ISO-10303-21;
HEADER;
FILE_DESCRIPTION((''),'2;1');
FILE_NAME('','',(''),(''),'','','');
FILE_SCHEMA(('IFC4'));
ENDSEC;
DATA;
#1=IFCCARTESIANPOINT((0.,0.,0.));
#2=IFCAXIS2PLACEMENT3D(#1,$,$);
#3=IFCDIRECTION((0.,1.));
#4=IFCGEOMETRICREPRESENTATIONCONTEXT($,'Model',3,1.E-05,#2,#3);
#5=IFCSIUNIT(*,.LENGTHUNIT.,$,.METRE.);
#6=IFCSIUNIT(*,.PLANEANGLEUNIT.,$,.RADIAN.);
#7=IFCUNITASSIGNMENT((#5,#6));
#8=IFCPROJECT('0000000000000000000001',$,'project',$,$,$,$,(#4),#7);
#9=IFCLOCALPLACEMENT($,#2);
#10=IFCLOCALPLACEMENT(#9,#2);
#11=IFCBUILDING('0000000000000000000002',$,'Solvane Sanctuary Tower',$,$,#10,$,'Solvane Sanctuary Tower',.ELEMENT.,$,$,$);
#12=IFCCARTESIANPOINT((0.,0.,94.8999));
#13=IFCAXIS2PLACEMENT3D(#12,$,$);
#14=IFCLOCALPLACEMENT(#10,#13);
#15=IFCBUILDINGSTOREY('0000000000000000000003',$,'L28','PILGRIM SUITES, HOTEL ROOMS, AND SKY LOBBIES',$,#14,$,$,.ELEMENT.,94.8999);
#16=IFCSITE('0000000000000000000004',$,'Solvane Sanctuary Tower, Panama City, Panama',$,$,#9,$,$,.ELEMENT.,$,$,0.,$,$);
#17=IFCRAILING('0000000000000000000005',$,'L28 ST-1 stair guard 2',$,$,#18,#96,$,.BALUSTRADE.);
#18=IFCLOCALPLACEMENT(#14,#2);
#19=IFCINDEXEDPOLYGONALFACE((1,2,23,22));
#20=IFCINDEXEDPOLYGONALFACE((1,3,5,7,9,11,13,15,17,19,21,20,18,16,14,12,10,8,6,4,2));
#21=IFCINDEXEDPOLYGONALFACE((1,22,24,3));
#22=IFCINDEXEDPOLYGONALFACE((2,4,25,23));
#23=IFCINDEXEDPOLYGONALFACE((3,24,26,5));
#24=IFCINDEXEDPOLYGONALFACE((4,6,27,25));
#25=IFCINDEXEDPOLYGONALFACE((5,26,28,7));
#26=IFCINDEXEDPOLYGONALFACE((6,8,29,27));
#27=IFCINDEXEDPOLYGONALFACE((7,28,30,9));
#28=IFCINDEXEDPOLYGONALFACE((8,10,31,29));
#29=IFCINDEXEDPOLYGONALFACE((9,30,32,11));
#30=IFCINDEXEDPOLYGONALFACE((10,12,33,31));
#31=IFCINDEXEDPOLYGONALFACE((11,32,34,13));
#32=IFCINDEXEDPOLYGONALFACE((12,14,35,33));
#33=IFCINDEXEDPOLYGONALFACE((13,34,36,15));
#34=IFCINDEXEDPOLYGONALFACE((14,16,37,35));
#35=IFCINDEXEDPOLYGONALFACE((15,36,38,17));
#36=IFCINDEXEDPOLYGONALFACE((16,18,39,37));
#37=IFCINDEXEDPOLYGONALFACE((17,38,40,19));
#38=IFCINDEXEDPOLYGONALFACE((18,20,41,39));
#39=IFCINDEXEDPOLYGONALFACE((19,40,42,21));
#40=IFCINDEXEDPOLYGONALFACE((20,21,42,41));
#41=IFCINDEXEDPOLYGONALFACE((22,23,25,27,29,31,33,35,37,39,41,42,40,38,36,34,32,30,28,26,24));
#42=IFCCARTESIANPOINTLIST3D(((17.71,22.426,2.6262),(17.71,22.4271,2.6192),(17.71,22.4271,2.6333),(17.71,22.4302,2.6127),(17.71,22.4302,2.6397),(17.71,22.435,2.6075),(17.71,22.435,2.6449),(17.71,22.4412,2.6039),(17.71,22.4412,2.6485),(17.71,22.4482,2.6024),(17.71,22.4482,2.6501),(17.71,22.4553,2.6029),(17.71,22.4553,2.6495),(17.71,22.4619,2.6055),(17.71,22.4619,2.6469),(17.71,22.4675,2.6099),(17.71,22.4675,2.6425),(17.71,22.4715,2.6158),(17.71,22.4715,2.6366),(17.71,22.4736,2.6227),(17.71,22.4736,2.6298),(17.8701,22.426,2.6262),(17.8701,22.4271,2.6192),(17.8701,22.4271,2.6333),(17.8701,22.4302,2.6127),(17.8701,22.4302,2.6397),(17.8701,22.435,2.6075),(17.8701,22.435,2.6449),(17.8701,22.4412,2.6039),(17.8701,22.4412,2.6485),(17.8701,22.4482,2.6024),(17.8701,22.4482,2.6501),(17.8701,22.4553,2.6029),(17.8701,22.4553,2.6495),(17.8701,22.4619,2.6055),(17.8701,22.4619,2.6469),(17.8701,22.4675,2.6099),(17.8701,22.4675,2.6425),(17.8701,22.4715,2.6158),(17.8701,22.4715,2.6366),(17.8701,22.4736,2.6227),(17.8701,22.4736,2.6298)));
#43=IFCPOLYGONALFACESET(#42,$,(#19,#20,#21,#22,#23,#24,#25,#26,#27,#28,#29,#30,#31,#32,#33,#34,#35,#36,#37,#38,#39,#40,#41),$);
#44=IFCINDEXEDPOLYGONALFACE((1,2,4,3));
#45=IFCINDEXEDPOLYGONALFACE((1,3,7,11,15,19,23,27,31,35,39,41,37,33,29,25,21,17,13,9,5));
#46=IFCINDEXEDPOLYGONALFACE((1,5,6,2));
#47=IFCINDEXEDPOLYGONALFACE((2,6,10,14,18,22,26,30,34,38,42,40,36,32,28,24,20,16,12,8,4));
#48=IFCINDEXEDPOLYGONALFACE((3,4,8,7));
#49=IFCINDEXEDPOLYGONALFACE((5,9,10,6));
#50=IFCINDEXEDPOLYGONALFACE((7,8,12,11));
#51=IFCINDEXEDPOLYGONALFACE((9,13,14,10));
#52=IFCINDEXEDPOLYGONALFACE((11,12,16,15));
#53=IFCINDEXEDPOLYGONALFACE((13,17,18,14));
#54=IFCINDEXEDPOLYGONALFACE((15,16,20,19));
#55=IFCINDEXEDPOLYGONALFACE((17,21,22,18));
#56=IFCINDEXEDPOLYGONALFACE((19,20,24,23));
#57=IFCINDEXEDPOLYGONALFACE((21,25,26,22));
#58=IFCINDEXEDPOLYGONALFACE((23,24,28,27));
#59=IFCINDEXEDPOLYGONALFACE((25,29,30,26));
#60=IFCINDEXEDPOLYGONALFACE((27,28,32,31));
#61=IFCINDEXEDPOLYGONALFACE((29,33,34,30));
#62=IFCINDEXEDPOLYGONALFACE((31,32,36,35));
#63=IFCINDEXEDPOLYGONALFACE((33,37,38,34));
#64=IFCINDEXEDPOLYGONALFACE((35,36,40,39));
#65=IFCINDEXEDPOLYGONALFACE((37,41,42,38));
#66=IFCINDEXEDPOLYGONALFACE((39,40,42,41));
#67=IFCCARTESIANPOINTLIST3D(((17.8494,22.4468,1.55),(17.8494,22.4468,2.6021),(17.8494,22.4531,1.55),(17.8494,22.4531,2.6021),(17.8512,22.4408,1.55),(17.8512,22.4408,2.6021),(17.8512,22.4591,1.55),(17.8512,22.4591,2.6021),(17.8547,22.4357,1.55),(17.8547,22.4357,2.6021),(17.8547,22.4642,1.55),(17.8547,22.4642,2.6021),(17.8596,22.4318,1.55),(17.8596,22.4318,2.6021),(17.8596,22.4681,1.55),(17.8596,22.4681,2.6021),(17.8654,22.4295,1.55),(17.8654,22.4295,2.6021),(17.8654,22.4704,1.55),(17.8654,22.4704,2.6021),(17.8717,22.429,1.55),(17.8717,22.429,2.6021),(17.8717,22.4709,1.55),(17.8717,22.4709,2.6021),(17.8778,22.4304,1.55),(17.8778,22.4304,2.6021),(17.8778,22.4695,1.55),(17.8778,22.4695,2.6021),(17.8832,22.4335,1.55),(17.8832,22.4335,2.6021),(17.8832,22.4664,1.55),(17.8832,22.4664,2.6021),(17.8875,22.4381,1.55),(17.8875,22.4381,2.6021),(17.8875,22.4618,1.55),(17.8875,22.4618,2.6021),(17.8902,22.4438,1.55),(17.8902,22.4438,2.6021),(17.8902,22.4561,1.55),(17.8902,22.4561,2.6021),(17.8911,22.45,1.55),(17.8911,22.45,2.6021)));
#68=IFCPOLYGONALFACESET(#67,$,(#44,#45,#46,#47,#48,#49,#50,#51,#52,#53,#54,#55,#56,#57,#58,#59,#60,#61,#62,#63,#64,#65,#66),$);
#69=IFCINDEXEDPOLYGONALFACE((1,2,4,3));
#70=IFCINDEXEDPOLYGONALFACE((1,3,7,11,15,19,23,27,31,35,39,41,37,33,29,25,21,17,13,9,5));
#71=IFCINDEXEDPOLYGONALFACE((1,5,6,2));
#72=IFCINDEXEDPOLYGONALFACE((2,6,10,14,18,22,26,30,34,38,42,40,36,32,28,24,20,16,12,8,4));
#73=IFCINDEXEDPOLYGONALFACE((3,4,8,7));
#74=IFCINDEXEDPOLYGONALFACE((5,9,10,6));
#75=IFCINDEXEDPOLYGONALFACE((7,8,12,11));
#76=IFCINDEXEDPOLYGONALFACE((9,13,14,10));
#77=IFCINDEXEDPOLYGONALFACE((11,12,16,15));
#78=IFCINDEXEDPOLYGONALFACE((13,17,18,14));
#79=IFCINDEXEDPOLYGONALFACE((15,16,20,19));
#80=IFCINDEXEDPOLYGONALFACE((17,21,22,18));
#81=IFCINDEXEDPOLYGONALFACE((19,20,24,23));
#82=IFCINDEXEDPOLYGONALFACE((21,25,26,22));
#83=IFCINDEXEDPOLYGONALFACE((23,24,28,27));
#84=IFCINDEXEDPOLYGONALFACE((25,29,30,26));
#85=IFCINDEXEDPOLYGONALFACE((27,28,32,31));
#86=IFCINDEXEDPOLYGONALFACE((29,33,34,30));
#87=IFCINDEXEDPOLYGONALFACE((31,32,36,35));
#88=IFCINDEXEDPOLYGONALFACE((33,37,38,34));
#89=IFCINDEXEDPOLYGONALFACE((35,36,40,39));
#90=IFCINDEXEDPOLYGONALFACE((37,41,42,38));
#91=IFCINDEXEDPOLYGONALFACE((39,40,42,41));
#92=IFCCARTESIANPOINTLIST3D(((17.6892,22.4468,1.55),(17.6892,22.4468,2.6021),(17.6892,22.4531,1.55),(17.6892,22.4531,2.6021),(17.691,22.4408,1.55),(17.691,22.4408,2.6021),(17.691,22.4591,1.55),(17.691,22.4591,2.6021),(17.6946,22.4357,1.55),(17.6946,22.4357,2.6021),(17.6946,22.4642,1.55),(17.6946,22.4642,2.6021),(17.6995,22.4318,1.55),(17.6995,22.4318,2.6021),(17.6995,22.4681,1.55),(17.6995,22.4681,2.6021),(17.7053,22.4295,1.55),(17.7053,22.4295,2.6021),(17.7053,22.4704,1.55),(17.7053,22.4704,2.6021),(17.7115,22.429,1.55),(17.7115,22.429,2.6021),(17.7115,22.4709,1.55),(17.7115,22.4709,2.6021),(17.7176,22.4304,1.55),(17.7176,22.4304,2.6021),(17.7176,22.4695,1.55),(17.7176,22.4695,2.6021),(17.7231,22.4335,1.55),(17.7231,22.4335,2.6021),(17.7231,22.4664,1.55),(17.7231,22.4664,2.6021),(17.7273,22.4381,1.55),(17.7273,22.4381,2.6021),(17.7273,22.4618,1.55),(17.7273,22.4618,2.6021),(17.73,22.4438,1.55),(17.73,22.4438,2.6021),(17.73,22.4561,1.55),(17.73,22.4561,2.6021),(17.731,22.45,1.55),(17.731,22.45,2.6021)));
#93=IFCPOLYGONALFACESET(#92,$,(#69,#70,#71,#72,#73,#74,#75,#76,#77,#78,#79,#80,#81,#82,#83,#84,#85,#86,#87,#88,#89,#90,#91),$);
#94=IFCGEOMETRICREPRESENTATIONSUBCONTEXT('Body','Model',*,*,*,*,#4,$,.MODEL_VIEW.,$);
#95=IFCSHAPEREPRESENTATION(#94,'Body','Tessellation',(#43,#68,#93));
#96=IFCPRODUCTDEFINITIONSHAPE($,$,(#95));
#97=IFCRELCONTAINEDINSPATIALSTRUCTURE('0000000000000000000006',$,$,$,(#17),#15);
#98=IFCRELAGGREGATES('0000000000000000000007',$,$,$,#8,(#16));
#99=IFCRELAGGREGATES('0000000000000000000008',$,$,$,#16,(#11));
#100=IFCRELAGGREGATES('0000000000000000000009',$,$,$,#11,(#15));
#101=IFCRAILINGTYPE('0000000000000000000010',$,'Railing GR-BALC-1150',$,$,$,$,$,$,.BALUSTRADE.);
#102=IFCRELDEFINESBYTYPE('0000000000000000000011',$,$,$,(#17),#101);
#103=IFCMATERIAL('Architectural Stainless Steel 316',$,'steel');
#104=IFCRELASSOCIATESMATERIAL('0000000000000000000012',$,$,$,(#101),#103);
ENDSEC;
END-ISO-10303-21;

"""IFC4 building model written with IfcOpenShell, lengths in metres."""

from ifc_helpers import new_model, si_unit, direction, frame, origin, origin_2d, place, context, subcontext, project, spatial, circle, extrude, material, type_object, element, save


model = new_model("IFC4")

# Units and contexts
model_context = context("Model", 3, precision=1e-05, world=origin(), true_north=direction((0.0, 1.0)))
body_context = subcontext(model_context, "Body", "Model", "MODEL_VIEW")
ifc_project = project(units=[si_unit("LENGTHUNIT", "METRE"), si_unit("PLANEANGLEUNIT", "RADIAN")], contexts=[model_context])

# Site, building, storey
site_placement = place(None, origin())
site = spatial("IfcSite", under=ifc_project, at=site_placement, Name="Solvane Sanctuary Tower, Panama City, Panama", CompositionType="ELEMENT", RefElevation=0.0)
building_placement = place(site_placement, origin())
building = spatial("IfcBuilding", under=site, at=building_placement, Name="Solvane Sanctuary Tower", LongName="Solvane Sanctuary Tower", CompositionType="ELEMENT")
storey_placement = place(building_placement, frame((0.0, 0.0, 94.8999)))
storey = spatial("IfcBuildingStorey", under=building, at=storey_placement, Name="L28", Description="PILGRIM SUITES, HOTEL ROOMS, AND SKY LOBBIES", CompositionType="ELEMENT", Elevation=94.8999)

# Shared definitions
ifc_material_1 = material(Name="Architectural Stainless Steel 316", Category="steel")

# Railing
railing_type_1 = type_object("IfcRailingType", Name="Railing GR-BALC-1150", PredefinedType="BALUSTRADE", material=ifc_material_1)
railing_1_placement = place(storey_placement, frame((17.8701, 22.45, 1.55)))
element("IfcRailing", 1, at=railing_1_placement, inside=storey, type_object=railing_type_1, Name="L28 ST-1 stair guard 2", PredefinedType="BALUSTRADE", context=body_context, shape_type="SweptSolid", body=[
    extrude(circle(Radius=0.0239, at=origin_2d()), frame((0.0, 0.0, 1.0762), z_axis=(-1.0, 0.0, 0.0), x_axis=(0.0, -1.0, 0.0)), (0.0, 0.0, 1.0), 0.1602),
    extrude(circle(Radius=0.021, at=origin_2d()), origin(), (0.0, 0.0, 1.0), 1.052),
    extrude(circle(Radius=0.021, at=origin_2d()), frame((-0.1602, 0.0, 0.0)), (0.0, 0.0, 1.0), 1.052),
])

save(model, "model.ifc")
